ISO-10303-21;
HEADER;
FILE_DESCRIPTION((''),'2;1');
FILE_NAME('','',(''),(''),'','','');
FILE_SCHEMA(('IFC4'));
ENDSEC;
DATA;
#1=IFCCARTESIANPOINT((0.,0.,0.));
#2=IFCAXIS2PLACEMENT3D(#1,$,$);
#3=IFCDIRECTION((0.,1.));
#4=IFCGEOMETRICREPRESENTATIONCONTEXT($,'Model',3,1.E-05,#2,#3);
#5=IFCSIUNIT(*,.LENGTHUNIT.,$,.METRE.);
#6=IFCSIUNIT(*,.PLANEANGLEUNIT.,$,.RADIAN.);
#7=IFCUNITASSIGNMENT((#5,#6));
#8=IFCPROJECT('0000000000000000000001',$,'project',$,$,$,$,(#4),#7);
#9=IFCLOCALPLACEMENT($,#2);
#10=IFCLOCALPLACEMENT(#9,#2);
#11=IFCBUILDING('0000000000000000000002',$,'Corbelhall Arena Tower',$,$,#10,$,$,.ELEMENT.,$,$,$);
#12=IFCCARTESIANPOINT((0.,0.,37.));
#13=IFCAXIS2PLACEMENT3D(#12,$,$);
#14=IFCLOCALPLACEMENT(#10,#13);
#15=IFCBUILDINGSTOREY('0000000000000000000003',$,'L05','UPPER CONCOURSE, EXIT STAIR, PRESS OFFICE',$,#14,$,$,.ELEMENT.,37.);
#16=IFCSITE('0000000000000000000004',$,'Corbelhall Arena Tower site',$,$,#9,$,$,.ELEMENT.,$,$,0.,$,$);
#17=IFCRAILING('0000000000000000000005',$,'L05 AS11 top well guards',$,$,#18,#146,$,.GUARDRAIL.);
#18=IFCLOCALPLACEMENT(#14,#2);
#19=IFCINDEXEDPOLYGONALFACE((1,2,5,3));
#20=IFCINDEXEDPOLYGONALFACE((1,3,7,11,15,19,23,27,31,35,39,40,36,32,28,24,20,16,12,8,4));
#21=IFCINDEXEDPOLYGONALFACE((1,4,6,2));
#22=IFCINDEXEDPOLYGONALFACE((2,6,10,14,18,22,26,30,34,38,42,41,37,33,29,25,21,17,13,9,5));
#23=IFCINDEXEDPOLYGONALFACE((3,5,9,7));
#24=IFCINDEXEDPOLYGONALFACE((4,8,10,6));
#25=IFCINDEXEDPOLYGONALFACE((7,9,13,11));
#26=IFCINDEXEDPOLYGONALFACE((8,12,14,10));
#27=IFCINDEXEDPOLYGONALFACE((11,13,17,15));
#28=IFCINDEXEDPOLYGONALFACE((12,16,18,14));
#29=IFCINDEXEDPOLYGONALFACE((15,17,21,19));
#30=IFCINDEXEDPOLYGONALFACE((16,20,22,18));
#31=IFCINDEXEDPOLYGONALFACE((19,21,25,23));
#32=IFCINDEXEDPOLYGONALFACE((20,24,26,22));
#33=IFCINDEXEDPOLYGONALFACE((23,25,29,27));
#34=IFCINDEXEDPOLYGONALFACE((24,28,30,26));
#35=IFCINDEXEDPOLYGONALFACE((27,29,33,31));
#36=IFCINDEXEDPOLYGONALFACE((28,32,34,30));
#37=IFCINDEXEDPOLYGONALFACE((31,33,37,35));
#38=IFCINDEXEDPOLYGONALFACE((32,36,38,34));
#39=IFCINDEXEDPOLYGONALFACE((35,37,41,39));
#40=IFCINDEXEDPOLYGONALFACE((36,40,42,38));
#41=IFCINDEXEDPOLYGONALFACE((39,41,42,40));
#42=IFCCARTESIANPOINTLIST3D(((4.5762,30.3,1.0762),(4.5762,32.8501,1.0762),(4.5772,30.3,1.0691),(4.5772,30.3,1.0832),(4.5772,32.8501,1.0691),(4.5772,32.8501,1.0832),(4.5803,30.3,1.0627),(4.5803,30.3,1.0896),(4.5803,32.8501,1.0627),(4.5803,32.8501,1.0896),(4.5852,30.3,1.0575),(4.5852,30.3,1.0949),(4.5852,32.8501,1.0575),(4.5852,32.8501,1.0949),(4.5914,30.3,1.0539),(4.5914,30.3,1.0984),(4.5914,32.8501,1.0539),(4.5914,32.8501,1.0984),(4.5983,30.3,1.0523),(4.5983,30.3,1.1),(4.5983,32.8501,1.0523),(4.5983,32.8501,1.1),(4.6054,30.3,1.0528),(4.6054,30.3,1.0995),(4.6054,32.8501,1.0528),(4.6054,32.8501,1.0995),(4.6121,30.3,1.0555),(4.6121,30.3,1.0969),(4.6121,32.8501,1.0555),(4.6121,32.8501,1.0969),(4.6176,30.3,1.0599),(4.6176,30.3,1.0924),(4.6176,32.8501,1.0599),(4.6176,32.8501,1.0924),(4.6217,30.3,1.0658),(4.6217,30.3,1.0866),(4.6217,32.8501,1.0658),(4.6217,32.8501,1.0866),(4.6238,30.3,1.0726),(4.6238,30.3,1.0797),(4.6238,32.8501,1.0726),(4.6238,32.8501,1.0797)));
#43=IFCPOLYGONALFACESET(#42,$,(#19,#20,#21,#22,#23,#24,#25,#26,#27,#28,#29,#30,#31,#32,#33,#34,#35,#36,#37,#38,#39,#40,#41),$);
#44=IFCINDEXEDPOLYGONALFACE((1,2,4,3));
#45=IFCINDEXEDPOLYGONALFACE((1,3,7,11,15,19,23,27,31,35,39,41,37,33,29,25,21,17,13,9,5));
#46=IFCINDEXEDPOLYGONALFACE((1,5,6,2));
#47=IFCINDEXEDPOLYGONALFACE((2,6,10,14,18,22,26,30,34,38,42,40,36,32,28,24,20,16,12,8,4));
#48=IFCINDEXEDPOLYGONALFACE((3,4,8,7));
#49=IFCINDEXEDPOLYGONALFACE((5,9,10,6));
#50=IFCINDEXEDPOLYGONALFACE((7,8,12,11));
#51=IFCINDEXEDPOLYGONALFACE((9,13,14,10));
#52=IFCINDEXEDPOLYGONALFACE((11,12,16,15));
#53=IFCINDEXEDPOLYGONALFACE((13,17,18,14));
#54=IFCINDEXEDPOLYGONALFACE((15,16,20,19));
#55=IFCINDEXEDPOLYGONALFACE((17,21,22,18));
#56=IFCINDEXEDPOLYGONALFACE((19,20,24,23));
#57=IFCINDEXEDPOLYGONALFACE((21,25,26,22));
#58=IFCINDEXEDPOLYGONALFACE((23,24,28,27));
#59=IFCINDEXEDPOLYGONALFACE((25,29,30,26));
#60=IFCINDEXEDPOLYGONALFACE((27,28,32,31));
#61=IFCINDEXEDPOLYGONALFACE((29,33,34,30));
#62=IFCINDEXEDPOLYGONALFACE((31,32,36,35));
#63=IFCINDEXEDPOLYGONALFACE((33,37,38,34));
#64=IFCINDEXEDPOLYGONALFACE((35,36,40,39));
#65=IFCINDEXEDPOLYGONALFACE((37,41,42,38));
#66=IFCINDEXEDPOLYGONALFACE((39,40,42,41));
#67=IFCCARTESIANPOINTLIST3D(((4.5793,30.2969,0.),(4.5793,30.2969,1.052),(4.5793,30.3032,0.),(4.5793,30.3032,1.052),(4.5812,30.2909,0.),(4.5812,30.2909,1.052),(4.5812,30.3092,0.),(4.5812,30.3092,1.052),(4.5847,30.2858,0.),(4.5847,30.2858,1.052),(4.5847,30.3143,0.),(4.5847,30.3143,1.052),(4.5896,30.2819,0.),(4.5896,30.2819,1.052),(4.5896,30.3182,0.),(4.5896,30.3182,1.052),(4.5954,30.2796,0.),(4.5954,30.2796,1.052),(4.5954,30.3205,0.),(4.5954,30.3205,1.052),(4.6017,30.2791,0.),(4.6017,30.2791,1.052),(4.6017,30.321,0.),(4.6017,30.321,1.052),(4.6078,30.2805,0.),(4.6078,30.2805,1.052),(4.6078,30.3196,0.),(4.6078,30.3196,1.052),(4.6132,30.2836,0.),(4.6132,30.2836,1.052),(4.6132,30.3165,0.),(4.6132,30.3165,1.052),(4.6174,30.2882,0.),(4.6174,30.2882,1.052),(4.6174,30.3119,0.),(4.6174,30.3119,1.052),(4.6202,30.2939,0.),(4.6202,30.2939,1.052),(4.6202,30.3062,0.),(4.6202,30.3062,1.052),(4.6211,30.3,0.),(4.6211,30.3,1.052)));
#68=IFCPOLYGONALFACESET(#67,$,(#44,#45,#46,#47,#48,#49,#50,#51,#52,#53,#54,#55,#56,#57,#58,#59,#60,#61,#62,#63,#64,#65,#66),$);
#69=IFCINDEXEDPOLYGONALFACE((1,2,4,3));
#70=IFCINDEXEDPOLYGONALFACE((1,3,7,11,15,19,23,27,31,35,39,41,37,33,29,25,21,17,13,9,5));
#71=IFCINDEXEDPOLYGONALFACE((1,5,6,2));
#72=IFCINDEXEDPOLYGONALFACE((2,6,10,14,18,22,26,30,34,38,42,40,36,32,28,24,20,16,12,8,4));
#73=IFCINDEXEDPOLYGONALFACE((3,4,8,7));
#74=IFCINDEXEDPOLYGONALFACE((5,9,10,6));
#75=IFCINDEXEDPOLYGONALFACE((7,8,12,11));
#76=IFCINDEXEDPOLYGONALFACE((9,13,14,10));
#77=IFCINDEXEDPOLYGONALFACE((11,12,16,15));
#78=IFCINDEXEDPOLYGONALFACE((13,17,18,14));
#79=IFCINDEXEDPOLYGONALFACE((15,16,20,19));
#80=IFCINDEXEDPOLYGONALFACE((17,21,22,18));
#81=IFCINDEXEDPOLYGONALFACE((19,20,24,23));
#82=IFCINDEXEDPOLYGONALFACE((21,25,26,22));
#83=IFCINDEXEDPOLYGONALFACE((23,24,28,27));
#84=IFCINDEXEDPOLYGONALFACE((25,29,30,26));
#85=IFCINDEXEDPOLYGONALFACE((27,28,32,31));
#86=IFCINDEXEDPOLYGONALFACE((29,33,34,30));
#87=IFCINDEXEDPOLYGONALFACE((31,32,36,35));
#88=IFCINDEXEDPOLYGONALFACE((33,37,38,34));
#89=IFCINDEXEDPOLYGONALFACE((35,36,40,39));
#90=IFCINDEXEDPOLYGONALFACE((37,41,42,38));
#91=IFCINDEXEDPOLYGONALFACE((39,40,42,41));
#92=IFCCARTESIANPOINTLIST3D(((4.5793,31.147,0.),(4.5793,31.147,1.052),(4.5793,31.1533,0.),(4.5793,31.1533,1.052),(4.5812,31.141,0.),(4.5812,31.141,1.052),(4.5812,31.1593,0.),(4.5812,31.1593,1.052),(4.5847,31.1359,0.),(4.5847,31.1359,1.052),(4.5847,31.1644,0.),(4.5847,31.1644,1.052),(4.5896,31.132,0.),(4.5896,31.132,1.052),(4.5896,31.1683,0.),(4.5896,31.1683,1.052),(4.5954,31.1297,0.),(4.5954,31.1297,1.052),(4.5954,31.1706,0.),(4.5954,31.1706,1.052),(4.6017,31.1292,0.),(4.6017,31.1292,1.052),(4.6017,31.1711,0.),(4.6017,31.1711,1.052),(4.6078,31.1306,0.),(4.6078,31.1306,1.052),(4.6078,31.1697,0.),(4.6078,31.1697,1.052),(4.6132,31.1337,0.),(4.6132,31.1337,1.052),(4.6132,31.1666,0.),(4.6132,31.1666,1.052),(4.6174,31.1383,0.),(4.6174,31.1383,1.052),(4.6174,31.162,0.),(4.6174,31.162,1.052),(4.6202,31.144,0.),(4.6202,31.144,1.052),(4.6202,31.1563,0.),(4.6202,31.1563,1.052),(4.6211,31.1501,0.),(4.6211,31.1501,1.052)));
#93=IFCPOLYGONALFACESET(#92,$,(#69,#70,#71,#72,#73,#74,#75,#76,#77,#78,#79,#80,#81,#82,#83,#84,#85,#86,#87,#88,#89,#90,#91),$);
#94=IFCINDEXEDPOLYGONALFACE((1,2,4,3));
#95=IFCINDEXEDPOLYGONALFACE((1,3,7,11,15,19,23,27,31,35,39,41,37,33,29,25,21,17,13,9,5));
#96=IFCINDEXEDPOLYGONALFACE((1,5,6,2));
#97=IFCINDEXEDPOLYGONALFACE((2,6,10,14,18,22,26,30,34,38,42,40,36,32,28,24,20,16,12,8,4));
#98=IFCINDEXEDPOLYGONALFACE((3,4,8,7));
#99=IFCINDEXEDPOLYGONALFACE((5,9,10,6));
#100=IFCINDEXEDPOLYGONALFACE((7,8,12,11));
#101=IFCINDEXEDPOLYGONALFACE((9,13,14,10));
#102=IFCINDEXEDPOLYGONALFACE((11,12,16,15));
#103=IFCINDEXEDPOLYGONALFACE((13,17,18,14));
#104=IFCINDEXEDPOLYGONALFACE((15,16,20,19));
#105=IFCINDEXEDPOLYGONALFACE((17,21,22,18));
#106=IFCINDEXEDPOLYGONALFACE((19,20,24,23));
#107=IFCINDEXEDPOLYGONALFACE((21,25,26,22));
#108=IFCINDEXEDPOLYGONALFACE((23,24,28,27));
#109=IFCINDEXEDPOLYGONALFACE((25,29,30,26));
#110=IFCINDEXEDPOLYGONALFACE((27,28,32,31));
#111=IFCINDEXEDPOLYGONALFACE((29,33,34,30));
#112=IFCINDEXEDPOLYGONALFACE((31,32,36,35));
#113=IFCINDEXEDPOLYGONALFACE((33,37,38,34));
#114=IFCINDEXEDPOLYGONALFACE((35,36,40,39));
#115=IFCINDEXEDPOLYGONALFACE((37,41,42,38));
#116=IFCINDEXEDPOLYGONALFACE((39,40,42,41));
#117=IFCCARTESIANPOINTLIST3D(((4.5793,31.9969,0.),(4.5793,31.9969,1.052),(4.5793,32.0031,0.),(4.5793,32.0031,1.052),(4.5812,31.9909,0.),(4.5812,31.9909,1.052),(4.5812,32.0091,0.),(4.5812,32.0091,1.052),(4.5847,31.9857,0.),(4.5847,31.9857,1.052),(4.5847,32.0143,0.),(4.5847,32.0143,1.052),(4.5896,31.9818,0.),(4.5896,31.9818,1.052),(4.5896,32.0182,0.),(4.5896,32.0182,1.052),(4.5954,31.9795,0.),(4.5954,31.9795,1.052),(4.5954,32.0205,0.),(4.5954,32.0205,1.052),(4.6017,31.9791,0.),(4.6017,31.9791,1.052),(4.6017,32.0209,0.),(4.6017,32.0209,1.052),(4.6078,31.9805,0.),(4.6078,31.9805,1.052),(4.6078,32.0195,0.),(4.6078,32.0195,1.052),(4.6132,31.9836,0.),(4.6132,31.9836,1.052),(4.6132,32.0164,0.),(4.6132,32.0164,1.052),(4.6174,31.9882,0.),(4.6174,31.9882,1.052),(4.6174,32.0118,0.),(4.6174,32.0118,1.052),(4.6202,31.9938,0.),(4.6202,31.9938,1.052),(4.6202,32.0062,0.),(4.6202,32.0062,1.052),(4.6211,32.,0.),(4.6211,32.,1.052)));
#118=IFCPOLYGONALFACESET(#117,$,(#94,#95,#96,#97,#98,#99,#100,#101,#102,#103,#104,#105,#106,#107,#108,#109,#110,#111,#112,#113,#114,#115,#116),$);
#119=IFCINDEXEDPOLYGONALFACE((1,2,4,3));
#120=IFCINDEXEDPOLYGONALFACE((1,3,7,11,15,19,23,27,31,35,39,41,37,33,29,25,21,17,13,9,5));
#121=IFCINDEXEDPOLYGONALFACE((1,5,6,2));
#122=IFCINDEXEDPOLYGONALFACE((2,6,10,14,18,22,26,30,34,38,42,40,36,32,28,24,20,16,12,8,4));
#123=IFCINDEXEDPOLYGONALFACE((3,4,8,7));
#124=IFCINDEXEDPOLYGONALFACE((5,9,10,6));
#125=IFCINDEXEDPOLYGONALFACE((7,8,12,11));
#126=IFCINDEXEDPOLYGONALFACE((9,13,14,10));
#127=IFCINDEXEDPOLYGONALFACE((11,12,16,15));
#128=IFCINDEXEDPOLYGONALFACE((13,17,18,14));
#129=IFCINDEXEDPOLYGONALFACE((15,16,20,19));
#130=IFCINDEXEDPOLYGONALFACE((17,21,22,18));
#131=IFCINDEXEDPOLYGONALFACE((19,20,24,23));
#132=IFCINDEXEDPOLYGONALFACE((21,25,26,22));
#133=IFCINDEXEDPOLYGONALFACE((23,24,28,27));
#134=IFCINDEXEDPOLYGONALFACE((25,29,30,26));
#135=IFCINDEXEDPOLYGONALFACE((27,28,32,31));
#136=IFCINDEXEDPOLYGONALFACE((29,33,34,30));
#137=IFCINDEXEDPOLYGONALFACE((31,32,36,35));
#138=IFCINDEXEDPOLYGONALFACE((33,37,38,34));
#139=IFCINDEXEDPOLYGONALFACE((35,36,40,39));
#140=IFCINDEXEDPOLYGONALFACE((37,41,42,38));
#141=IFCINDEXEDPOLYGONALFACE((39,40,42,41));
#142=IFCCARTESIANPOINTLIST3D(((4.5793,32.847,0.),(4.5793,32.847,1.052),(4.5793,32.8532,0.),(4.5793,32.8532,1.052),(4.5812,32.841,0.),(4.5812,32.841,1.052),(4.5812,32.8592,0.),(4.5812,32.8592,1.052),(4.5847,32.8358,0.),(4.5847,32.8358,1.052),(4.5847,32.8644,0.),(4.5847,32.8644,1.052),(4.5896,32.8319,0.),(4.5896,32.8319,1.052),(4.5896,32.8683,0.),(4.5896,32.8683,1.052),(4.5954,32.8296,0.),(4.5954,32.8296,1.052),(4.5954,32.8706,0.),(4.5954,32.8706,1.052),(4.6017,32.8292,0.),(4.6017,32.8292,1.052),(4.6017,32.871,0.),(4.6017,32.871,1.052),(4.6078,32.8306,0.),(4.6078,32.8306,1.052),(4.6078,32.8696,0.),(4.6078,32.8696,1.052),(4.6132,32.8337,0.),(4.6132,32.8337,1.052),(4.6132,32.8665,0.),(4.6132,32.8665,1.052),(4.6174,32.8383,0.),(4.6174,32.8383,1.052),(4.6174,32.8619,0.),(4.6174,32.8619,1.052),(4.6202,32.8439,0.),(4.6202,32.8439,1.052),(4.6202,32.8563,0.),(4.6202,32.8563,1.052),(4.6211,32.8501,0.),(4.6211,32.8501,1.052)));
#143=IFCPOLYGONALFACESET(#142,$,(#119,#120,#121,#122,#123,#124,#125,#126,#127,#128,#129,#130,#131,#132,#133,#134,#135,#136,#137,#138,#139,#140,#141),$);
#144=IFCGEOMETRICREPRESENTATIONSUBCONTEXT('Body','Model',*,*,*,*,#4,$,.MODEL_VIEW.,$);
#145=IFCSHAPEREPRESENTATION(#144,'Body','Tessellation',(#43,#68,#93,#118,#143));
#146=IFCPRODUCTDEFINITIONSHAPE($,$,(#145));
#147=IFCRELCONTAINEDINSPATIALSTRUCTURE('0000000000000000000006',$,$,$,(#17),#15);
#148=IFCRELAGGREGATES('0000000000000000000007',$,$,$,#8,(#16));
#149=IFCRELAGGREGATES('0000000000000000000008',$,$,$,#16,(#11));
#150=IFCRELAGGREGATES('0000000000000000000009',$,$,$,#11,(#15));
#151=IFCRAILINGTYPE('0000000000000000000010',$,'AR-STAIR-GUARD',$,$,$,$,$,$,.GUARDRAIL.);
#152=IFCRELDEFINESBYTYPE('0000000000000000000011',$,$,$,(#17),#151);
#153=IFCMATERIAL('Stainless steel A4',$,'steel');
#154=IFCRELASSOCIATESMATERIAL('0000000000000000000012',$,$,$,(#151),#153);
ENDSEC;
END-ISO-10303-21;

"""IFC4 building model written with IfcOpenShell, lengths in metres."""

from ifc_helpers import new_model, si_unit, direction, frame, origin, origin_2d, place, context, subcontext, project, spatial, circle, extrude, material, type_object, element, save


model = new_model("IFC4")

# Units and contexts
model_context = context("Model", 3, precision=1e-05, world=origin(), true_north=direction((0.0, 1.0)))
body_context = subcontext(model_context, "Body", "Model", "MODEL_VIEW")
ifc_project = project(units=[si_unit("LENGTHUNIT", "METRE"), si_unit("PLANEANGLEUNIT", "RADIAN")], contexts=[model_context])

# Site, building, storey
site_placement = place(None, origin())
site = spatial("IfcSite", under=ifc_project, at=site_placement, Name="Corbelhall Arena Tower site", CompositionType="ELEMENT", RefElevation=0.0)
building_placement = place(site_placement, origin())
building = spatial("IfcBuilding", under=site, at=building_placement, Name="Corbelhall Arena Tower", CompositionType="ELEMENT")
storey_placement = place(building_placement, frame((0.0, 0.0, 37.0)))
storey = spatial("IfcBuildingStorey", under=building, at=storey_placement, Name="L05", Description="UPPER CONCOURSE, EXIT STAIR, PRESS OFFICE", CompositionType="ELEMENT", Elevation=37.0)

# Railing
ifc_material_1 = material(Name="Stainless steel A4", Category="steel")
railing_type = type_object("IfcRailingType", Name="AR-STAIR-GUARD", PredefinedType="GUARDRAIL", material=ifc_material_1)
railing_placement = place(storey_placement, frame((4.6001, 30.3, 0.0)))
element("IfcRailing", 1, at=railing_placement, inside=storey, type_object=railing_type, Name="L05 AS11 top well guards", PredefinedType="GUARDRAIL", context=body_context, shape_type="SweptSolid", body=[
    extrude(circle(Radius=0.0239, at=origin_2d()), frame((0.0, 0.0, 1.0762), z_axis=(0.0, 1.0, 0.0), x_axis=(-1.0, 0.0, 0.0)), (0.0, 0.0, 1.0), 2.55),
    extrude(circle(Radius=0.021, at=origin_2d()), origin(), (0.0, 0.0, 1.0), 1.052),
    extrude(circle(Radius=0.021, at=origin_2d()), frame((0.0, 0.8501, 0.0)), (0.0, 0.0, 1.0), 1.052),
    extrude(circle(Radius=0.021, at=origin_2d()), frame((0.0, 1.7, 0.0)), (0.0, 0.0, 1.0), 1.052),
    extrude(circle(Radius=0.021, at=origin_2d()), frame((0.0, 2.55, 0.0)), (0.0, 0.0, 1.0), 1.052),
])

save(model, "model.ifc")
